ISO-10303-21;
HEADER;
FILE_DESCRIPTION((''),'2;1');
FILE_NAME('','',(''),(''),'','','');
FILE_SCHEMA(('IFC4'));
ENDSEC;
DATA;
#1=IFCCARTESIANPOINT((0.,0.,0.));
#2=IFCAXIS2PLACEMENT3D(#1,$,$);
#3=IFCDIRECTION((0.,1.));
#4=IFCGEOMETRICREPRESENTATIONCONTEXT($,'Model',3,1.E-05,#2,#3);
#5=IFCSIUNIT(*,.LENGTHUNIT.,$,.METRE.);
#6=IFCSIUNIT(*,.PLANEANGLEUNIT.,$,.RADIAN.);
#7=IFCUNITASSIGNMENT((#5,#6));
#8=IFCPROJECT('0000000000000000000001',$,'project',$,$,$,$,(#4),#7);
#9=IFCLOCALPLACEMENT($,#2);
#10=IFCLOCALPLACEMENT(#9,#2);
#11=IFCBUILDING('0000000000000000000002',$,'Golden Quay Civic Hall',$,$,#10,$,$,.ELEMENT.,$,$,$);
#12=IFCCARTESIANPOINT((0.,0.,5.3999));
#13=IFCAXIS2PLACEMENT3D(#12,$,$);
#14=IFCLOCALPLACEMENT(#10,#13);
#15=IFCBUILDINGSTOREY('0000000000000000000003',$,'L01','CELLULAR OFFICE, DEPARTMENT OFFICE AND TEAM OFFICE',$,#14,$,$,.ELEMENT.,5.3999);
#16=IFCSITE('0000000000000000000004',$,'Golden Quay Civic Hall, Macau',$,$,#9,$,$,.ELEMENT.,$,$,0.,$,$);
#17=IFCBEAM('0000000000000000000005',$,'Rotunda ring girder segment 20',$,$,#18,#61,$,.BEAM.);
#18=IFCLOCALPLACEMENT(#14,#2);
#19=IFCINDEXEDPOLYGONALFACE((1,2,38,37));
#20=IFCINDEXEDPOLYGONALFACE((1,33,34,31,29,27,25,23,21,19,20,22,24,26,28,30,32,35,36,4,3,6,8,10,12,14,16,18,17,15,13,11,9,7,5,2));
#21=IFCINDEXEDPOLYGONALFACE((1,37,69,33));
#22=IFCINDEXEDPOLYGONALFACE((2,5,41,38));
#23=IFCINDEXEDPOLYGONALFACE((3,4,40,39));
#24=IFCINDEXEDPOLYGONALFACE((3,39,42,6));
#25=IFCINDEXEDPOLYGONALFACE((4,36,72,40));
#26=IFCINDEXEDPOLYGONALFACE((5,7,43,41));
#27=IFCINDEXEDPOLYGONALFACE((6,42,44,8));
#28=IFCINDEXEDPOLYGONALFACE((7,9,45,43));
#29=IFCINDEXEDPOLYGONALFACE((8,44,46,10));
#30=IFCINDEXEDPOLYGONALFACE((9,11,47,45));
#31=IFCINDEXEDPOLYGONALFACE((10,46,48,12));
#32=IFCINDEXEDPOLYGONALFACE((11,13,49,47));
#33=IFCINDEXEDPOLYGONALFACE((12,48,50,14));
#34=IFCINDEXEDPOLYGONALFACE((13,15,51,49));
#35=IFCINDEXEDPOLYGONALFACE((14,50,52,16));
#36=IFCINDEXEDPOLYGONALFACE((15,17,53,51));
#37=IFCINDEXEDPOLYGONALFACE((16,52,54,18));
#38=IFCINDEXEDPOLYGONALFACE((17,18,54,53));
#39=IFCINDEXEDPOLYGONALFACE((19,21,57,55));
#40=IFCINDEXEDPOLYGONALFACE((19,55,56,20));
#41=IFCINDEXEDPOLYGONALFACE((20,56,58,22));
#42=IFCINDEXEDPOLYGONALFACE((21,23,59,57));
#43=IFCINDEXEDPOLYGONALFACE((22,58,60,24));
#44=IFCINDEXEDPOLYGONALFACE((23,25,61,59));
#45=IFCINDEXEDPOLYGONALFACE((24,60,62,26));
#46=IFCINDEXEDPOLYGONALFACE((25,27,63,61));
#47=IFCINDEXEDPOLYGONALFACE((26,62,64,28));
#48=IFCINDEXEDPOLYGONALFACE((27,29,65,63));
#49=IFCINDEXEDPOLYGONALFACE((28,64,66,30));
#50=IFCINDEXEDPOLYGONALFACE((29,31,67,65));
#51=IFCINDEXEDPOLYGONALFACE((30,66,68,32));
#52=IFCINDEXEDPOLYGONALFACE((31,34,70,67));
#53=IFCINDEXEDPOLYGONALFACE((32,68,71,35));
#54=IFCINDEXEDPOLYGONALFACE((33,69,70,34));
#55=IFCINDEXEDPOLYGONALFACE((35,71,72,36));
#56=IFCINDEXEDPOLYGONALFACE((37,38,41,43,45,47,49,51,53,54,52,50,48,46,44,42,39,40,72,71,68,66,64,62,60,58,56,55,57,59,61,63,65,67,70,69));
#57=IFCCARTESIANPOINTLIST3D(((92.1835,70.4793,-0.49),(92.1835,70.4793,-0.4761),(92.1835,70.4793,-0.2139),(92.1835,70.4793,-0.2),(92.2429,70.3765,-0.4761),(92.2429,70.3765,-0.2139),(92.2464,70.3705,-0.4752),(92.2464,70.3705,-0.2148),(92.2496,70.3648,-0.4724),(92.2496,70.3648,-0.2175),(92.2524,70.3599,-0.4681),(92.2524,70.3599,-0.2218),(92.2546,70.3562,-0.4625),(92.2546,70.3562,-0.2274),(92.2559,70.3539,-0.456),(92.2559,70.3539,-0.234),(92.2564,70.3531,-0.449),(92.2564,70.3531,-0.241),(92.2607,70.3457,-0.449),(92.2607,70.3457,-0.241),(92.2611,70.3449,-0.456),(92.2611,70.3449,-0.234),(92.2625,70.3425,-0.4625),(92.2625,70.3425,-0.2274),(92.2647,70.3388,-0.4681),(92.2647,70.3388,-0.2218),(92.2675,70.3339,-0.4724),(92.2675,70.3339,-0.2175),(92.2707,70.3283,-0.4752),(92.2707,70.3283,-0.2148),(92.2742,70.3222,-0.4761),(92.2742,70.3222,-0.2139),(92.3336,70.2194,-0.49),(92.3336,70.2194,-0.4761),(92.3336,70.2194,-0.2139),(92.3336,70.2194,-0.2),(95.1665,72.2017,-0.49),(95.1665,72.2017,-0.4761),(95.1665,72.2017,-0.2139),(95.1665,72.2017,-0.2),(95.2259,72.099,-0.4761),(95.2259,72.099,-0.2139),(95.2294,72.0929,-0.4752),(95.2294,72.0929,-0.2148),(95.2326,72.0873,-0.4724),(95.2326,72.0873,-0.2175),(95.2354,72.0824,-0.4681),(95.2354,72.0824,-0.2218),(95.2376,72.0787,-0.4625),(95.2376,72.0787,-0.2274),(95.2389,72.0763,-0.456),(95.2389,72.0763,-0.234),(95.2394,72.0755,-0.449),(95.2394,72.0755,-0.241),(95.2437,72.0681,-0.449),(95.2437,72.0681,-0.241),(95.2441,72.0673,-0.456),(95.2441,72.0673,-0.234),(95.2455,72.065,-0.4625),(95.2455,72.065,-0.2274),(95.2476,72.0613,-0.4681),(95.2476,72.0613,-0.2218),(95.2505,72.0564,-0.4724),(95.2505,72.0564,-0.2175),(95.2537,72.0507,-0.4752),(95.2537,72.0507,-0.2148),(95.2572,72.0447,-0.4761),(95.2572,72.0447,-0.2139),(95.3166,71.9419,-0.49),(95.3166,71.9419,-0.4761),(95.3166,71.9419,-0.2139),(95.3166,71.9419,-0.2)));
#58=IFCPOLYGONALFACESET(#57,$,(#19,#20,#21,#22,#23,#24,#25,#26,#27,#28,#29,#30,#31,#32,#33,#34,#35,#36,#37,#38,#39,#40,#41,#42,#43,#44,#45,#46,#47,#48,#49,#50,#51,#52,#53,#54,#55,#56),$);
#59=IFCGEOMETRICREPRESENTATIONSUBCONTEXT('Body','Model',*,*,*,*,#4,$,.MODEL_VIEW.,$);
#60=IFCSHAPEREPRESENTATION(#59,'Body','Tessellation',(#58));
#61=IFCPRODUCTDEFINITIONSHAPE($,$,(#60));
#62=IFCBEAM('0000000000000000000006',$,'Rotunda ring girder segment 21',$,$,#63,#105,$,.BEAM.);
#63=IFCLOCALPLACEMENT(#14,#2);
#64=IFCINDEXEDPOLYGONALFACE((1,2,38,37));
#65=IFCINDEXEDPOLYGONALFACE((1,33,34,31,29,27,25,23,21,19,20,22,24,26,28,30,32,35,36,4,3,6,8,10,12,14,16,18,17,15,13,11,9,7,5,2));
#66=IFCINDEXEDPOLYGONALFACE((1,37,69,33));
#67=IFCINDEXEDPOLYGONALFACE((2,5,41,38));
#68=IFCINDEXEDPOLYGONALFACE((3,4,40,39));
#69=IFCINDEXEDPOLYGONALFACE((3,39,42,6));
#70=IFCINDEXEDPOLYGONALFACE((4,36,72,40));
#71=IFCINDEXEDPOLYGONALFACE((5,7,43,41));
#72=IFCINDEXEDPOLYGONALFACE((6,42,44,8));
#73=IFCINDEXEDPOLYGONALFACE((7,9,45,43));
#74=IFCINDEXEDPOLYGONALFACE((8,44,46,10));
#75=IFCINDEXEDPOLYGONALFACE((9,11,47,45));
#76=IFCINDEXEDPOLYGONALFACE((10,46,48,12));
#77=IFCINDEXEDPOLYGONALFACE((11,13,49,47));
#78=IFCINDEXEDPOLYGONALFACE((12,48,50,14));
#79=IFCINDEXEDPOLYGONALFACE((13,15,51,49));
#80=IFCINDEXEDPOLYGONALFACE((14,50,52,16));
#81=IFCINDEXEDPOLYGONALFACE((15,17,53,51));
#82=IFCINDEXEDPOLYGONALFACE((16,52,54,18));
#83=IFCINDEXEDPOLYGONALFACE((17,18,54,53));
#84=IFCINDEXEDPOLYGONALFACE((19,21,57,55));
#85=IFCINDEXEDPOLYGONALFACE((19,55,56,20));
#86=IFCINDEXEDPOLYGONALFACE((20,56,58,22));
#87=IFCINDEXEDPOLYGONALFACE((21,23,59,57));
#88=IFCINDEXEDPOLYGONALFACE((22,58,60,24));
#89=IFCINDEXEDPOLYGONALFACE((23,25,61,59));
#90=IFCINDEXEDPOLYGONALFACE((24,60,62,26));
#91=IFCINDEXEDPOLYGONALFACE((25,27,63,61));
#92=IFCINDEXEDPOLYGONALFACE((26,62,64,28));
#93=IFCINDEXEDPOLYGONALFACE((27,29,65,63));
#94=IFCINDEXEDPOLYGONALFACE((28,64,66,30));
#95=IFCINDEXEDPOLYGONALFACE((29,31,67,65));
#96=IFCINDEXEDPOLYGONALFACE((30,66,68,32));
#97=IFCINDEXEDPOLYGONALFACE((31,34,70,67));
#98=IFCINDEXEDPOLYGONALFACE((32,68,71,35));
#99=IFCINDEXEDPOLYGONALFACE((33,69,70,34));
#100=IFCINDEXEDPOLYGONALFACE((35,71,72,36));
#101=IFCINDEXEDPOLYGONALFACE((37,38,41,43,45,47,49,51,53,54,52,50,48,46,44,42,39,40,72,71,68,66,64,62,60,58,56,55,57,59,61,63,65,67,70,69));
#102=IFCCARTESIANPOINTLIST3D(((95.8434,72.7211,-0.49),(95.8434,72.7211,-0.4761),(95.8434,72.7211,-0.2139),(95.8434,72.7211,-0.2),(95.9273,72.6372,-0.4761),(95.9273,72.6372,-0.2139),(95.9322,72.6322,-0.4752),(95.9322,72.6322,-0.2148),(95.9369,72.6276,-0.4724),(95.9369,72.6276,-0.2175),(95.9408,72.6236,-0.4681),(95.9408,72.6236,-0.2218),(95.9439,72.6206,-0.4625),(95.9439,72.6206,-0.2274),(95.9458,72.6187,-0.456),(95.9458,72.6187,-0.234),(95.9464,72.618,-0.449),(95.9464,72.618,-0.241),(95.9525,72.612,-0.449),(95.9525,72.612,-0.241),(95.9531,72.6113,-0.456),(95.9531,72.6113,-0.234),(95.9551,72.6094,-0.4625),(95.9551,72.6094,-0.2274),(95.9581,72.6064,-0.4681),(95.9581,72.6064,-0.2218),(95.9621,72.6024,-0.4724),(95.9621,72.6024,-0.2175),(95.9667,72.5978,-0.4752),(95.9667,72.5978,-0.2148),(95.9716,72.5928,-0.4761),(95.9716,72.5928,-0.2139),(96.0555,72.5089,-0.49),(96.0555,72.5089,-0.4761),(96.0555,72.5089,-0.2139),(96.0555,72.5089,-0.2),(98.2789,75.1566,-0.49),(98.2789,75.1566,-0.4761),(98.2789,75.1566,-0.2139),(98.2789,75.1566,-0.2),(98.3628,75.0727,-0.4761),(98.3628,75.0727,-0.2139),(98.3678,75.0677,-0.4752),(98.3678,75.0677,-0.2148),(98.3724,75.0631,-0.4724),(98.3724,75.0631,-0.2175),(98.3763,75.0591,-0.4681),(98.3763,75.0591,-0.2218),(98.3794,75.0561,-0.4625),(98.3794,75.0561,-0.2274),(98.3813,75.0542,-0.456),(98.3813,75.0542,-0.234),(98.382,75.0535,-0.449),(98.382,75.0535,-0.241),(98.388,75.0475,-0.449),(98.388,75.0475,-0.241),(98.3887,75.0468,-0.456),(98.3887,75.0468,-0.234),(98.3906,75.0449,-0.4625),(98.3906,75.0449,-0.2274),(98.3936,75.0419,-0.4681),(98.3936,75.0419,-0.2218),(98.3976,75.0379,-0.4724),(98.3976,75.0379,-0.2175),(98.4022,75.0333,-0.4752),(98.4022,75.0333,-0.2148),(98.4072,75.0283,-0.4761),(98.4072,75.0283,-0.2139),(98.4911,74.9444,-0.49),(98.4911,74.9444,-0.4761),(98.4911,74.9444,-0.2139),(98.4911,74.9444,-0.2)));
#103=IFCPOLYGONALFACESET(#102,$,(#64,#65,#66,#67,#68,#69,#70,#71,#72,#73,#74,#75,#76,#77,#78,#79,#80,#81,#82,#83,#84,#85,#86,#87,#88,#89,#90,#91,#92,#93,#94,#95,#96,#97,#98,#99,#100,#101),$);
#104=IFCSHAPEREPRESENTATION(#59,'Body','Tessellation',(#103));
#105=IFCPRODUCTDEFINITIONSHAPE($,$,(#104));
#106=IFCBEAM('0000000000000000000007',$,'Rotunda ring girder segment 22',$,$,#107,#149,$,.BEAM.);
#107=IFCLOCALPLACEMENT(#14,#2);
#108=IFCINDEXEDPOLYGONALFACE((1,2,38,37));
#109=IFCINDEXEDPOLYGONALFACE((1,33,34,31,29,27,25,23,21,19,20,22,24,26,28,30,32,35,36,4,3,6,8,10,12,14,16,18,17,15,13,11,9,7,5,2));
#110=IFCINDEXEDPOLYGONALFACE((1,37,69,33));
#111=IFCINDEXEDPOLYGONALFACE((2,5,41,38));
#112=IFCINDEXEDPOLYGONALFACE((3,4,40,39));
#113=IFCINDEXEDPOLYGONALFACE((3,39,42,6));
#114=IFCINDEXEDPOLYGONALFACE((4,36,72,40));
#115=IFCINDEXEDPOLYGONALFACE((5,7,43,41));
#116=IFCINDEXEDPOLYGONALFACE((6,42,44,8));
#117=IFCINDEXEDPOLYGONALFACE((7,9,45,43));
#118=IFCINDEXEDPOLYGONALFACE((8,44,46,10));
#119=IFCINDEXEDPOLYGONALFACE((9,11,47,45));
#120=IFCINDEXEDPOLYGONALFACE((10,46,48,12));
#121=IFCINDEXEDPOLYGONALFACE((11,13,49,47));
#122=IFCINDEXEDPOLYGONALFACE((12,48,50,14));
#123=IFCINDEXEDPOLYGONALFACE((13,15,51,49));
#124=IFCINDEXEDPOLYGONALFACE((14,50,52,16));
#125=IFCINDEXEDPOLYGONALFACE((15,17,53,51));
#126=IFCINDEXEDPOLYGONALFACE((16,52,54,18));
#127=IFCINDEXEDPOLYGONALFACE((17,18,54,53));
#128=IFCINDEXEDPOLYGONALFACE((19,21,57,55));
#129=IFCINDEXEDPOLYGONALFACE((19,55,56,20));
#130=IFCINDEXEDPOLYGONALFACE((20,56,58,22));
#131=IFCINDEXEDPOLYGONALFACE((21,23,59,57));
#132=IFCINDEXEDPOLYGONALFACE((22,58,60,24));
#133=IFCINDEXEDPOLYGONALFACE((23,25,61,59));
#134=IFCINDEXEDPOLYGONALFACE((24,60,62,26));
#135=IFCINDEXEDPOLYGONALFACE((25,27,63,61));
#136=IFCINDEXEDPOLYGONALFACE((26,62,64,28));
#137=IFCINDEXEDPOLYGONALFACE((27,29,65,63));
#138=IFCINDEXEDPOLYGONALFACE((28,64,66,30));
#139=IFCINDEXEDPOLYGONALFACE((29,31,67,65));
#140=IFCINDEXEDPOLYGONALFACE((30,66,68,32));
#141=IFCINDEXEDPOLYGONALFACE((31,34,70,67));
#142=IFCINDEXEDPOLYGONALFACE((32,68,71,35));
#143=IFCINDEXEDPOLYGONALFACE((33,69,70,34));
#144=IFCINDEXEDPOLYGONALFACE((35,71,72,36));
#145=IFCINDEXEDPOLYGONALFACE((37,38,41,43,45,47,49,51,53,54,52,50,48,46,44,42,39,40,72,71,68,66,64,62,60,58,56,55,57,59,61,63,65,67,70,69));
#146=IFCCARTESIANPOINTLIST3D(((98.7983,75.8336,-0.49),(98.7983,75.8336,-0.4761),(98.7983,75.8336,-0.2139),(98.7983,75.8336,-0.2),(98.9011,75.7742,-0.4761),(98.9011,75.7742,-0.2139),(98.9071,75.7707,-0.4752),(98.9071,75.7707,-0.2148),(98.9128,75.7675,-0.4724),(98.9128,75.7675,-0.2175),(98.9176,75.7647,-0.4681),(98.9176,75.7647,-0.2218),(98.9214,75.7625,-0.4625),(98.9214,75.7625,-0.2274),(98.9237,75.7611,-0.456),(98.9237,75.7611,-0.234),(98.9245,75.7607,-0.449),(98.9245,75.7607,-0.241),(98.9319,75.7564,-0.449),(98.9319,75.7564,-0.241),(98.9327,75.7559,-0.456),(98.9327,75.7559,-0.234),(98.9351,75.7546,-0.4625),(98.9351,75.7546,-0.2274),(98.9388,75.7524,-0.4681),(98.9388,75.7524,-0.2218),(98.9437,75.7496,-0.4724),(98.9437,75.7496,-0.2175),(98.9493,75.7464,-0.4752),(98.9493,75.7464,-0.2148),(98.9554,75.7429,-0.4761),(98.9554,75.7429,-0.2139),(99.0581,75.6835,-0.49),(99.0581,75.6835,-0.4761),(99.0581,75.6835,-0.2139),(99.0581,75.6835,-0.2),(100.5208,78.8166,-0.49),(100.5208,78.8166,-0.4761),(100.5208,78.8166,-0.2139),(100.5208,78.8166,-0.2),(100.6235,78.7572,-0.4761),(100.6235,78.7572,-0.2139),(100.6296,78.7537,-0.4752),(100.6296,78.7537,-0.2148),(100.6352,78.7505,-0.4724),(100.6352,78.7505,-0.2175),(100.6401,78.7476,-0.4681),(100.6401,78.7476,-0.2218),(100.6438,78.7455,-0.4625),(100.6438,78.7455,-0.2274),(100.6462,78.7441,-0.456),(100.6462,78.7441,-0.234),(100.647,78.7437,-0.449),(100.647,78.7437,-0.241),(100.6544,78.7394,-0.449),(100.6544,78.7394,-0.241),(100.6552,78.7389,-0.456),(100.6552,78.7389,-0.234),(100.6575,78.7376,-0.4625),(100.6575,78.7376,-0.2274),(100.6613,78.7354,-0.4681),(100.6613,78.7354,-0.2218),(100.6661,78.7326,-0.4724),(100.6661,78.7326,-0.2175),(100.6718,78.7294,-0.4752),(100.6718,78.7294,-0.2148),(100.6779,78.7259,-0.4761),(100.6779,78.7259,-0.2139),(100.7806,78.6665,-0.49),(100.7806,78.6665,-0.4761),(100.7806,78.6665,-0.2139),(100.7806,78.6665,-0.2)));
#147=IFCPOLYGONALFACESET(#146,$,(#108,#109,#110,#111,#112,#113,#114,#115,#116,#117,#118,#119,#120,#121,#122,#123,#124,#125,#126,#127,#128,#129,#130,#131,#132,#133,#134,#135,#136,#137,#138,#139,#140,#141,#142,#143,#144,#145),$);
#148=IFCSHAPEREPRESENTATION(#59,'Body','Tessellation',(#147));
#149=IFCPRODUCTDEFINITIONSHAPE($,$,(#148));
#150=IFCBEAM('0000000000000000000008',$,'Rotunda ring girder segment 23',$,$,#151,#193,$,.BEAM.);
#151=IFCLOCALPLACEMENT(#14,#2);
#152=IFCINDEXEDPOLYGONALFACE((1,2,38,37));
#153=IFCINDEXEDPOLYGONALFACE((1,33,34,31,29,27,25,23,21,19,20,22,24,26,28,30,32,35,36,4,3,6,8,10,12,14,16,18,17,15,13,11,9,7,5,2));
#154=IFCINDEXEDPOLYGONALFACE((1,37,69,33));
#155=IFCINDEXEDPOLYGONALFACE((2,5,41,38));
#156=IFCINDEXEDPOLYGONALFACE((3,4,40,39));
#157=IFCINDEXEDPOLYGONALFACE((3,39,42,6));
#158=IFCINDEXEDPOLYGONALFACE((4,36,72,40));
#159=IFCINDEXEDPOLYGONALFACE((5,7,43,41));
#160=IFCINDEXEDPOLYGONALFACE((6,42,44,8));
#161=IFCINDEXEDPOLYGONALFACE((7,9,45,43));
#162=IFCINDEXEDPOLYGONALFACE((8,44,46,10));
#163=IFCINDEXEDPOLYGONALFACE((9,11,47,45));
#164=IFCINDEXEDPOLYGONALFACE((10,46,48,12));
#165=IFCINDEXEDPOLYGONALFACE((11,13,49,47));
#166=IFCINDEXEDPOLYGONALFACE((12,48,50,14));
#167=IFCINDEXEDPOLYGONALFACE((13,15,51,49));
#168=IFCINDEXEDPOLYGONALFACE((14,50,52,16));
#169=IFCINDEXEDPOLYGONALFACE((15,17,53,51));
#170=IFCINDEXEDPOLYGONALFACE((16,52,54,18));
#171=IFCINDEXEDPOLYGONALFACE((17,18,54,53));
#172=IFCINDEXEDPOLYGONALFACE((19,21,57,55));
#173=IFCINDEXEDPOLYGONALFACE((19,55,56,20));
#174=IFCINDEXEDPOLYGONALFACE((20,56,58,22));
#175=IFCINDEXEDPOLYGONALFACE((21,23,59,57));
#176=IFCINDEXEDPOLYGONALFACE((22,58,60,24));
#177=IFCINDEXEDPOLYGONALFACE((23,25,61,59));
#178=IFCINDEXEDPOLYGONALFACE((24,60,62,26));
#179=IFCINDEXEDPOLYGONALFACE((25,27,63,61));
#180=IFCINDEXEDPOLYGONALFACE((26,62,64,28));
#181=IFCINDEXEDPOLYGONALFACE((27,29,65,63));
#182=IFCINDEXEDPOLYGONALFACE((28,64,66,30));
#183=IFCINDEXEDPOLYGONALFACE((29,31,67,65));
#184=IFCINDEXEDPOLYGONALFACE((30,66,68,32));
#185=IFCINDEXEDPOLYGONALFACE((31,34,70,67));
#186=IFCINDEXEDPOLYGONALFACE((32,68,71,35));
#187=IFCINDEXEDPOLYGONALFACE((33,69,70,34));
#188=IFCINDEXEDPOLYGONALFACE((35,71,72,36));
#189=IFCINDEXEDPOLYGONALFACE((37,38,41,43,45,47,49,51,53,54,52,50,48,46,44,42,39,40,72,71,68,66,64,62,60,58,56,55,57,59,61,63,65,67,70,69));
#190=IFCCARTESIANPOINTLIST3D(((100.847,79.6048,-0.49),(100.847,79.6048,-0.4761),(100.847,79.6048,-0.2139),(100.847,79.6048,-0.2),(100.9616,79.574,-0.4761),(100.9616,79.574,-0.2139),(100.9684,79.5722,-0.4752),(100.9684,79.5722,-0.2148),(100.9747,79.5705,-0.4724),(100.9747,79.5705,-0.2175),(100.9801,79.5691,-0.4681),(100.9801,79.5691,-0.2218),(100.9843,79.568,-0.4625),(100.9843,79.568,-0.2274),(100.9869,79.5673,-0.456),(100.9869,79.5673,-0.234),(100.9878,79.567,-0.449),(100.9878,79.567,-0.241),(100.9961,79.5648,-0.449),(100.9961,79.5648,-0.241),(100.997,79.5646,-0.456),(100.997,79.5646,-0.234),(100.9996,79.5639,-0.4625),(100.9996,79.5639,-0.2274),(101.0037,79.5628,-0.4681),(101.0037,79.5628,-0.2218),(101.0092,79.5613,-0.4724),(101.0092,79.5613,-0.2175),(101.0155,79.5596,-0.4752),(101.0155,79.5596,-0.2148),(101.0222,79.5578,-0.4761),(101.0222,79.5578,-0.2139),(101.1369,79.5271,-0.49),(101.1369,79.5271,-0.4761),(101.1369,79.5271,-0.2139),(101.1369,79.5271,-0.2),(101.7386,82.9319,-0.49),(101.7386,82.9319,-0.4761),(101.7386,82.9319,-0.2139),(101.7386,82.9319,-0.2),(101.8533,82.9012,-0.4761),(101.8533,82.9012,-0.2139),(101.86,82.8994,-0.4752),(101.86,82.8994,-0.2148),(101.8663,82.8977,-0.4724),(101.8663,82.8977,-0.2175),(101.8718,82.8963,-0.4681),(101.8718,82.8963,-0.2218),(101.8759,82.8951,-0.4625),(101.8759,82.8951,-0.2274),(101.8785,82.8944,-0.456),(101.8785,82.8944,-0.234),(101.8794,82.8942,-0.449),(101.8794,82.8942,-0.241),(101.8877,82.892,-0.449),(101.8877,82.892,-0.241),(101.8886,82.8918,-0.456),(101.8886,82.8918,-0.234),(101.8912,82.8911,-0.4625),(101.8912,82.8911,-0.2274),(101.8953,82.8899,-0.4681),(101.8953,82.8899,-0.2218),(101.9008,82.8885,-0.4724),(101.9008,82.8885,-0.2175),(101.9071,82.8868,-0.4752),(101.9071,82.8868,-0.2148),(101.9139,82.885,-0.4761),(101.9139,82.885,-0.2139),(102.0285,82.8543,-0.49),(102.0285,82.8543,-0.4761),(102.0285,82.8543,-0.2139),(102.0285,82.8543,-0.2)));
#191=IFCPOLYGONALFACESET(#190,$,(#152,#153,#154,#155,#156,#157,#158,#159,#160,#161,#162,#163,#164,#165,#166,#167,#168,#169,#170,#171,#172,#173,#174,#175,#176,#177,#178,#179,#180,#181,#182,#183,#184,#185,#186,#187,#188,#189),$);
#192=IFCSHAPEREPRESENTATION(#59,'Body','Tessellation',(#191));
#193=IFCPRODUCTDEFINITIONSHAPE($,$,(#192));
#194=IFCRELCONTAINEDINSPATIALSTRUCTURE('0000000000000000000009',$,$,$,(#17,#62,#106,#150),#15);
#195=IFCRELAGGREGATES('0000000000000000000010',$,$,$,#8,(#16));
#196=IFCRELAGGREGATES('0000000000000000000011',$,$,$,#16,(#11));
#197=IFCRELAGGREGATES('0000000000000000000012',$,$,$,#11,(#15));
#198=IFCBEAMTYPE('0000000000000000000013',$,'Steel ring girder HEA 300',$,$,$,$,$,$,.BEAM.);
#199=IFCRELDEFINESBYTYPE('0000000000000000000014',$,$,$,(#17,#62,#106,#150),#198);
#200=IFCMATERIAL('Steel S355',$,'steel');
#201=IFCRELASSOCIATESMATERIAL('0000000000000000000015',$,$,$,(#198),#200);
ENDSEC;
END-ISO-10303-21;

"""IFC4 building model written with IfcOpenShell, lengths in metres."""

from ifc_helpers import new_model, si_unit, direction, frame, origin, origin_2d, place, context, subcontext, project, spatial, i_section, extrude, material, material_profile, profile_set, type_object, element, save


model = new_model("IFC4")

# Units and contexts
model_context = context("Model", 3, precision=1e-05, world=origin(), true_north=direction((0.0, 1.0)))
body_context = subcontext(model_context, "Body", "Model", "MODEL_VIEW")
ifc_project = project(units=[si_unit("LENGTHUNIT", "METRE"), si_unit("PLANEANGLEUNIT", "RADIAN")], contexts=[model_context])

# Site, building, storey
site_placement = place(None, origin())
site = spatial("IfcSite", under=ifc_project, at=site_placement, Name="Golden Quay Civic Hall, Macau", CompositionType="ELEMENT", RefElevation=0.0)
building_placement = place(site_placement, origin())
building = spatial("IfcBuilding", under=site, at=building_placement, Name="Golden Quay Civic Hall", CompositionType="ELEMENT")
storey_placement = place(building_placement, frame((0.0, 0.0, 5.3999)))
storey = spatial("IfcBuildingStorey", under=building, at=storey_placement, Name="L01", Description="CELLULAR OFFICE, DEPARTMENT OFFICE AND TEAM OFFICE", CompositionType="ELEMENT", Elevation=5.3999)

# Beams
ifc_material_1 = material(Name="Steel S355", Category="steel")
ifc_material_profile_1 = material_profile(ifc_material_1, i_section(OverallWidth=0.3, OverallDepth=0.29, WebThickness=0.0085, FlangeThickness=0.0139, FilletRadius=0.0271, at=origin_2d()), Name="HEA 300")
ifc_profile_set_1 = profile_set([ifc_material_profile_1], Name="Steel S355")
beam_type_1 = type_object("IfcBeamType", Name="Steel ring girder HEA 300", PredefinedType="BEAM", material=ifc_profile_set_1)
beam_1_placement = place(storey_placement, frame((92.2585, 70.3494, -0.345), z_axis=(0.865997, 0.50005, 0.0), x_axis=(-0.50005, 0.865997, 0.0)))
element("IfcBeam", 1, at=beam_1_placement, inside=storey, type_object=beam_type_1, Name="Rotunda ring girder segment 20", PredefinedType="BEAM", context=body_context, shape_type="SweptSolid", body=[
    extrude(i_section(OverallWidth=0.3, OverallDepth=0.29, WebThickness=0.0085, FlangeThickness=0.0139, FilletRadius=0.0271, at=origin_2d()), origin(), (0.0, 0.0, 1.0), 3.4446),
])
beam_2_placement = place(storey_placement, frame((95.9495, 72.615, -0.345), z_axis=(0.707107, 0.707107, 0.0), x_axis=(-0.707107, 0.707107, 0.0)))
element("IfcBeam", 2, at=beam_2_placement, inside=storey, type_object=beam_type_1, Name="Rotunda ring girder segment 21", PredefinedType="BEAM", context=body_context, shape_type="SweptSolid", body=[
    extrude(i_section(OverallWidth=0.3, OverallDepth=0.29, WebThickness=0.0085, FlangeThickness=0.0139, FilletRadius=0.0271, at=origin_2d()), origin(), (0.0, 0.0, 1.0), 3.4443),
])
for number, where, z_axis, x_axis, name in (
    (3, (98.9282, 75.7585, -0.345), (0.50005, 0.865997, 0.0), (-0.865997, 0.50005, 0.0), "Rotunda ring girder segment 22"),
    (4, (100.9919, 79.5659, -0.345), (0.258845, 0.965919, 0.0), (-0.965919, 0.258845, 0.0), "Rotunda ring girder segment 23"),
):
    element("IfcBeam", number, at=place(storey_placement, frame(where, z_axis=z_axis, x_axis=x_axis)), inside=storey, type_object=beam_type_1, Name=name, PredefinedType="BEAM", context=body_context, shape_type="SweptSolid", body=[
        extrude(i_section(OverallWidth=0.3, OverallDepth=0.29, WebThickness=0.0085, FlangeThickness=0.0139, FilletRadius=0.0271, at=origin_2d()), origin(), (0.0, 0.0, 1.0), 3.4446),
    ])

save(model, "model.ifc")
